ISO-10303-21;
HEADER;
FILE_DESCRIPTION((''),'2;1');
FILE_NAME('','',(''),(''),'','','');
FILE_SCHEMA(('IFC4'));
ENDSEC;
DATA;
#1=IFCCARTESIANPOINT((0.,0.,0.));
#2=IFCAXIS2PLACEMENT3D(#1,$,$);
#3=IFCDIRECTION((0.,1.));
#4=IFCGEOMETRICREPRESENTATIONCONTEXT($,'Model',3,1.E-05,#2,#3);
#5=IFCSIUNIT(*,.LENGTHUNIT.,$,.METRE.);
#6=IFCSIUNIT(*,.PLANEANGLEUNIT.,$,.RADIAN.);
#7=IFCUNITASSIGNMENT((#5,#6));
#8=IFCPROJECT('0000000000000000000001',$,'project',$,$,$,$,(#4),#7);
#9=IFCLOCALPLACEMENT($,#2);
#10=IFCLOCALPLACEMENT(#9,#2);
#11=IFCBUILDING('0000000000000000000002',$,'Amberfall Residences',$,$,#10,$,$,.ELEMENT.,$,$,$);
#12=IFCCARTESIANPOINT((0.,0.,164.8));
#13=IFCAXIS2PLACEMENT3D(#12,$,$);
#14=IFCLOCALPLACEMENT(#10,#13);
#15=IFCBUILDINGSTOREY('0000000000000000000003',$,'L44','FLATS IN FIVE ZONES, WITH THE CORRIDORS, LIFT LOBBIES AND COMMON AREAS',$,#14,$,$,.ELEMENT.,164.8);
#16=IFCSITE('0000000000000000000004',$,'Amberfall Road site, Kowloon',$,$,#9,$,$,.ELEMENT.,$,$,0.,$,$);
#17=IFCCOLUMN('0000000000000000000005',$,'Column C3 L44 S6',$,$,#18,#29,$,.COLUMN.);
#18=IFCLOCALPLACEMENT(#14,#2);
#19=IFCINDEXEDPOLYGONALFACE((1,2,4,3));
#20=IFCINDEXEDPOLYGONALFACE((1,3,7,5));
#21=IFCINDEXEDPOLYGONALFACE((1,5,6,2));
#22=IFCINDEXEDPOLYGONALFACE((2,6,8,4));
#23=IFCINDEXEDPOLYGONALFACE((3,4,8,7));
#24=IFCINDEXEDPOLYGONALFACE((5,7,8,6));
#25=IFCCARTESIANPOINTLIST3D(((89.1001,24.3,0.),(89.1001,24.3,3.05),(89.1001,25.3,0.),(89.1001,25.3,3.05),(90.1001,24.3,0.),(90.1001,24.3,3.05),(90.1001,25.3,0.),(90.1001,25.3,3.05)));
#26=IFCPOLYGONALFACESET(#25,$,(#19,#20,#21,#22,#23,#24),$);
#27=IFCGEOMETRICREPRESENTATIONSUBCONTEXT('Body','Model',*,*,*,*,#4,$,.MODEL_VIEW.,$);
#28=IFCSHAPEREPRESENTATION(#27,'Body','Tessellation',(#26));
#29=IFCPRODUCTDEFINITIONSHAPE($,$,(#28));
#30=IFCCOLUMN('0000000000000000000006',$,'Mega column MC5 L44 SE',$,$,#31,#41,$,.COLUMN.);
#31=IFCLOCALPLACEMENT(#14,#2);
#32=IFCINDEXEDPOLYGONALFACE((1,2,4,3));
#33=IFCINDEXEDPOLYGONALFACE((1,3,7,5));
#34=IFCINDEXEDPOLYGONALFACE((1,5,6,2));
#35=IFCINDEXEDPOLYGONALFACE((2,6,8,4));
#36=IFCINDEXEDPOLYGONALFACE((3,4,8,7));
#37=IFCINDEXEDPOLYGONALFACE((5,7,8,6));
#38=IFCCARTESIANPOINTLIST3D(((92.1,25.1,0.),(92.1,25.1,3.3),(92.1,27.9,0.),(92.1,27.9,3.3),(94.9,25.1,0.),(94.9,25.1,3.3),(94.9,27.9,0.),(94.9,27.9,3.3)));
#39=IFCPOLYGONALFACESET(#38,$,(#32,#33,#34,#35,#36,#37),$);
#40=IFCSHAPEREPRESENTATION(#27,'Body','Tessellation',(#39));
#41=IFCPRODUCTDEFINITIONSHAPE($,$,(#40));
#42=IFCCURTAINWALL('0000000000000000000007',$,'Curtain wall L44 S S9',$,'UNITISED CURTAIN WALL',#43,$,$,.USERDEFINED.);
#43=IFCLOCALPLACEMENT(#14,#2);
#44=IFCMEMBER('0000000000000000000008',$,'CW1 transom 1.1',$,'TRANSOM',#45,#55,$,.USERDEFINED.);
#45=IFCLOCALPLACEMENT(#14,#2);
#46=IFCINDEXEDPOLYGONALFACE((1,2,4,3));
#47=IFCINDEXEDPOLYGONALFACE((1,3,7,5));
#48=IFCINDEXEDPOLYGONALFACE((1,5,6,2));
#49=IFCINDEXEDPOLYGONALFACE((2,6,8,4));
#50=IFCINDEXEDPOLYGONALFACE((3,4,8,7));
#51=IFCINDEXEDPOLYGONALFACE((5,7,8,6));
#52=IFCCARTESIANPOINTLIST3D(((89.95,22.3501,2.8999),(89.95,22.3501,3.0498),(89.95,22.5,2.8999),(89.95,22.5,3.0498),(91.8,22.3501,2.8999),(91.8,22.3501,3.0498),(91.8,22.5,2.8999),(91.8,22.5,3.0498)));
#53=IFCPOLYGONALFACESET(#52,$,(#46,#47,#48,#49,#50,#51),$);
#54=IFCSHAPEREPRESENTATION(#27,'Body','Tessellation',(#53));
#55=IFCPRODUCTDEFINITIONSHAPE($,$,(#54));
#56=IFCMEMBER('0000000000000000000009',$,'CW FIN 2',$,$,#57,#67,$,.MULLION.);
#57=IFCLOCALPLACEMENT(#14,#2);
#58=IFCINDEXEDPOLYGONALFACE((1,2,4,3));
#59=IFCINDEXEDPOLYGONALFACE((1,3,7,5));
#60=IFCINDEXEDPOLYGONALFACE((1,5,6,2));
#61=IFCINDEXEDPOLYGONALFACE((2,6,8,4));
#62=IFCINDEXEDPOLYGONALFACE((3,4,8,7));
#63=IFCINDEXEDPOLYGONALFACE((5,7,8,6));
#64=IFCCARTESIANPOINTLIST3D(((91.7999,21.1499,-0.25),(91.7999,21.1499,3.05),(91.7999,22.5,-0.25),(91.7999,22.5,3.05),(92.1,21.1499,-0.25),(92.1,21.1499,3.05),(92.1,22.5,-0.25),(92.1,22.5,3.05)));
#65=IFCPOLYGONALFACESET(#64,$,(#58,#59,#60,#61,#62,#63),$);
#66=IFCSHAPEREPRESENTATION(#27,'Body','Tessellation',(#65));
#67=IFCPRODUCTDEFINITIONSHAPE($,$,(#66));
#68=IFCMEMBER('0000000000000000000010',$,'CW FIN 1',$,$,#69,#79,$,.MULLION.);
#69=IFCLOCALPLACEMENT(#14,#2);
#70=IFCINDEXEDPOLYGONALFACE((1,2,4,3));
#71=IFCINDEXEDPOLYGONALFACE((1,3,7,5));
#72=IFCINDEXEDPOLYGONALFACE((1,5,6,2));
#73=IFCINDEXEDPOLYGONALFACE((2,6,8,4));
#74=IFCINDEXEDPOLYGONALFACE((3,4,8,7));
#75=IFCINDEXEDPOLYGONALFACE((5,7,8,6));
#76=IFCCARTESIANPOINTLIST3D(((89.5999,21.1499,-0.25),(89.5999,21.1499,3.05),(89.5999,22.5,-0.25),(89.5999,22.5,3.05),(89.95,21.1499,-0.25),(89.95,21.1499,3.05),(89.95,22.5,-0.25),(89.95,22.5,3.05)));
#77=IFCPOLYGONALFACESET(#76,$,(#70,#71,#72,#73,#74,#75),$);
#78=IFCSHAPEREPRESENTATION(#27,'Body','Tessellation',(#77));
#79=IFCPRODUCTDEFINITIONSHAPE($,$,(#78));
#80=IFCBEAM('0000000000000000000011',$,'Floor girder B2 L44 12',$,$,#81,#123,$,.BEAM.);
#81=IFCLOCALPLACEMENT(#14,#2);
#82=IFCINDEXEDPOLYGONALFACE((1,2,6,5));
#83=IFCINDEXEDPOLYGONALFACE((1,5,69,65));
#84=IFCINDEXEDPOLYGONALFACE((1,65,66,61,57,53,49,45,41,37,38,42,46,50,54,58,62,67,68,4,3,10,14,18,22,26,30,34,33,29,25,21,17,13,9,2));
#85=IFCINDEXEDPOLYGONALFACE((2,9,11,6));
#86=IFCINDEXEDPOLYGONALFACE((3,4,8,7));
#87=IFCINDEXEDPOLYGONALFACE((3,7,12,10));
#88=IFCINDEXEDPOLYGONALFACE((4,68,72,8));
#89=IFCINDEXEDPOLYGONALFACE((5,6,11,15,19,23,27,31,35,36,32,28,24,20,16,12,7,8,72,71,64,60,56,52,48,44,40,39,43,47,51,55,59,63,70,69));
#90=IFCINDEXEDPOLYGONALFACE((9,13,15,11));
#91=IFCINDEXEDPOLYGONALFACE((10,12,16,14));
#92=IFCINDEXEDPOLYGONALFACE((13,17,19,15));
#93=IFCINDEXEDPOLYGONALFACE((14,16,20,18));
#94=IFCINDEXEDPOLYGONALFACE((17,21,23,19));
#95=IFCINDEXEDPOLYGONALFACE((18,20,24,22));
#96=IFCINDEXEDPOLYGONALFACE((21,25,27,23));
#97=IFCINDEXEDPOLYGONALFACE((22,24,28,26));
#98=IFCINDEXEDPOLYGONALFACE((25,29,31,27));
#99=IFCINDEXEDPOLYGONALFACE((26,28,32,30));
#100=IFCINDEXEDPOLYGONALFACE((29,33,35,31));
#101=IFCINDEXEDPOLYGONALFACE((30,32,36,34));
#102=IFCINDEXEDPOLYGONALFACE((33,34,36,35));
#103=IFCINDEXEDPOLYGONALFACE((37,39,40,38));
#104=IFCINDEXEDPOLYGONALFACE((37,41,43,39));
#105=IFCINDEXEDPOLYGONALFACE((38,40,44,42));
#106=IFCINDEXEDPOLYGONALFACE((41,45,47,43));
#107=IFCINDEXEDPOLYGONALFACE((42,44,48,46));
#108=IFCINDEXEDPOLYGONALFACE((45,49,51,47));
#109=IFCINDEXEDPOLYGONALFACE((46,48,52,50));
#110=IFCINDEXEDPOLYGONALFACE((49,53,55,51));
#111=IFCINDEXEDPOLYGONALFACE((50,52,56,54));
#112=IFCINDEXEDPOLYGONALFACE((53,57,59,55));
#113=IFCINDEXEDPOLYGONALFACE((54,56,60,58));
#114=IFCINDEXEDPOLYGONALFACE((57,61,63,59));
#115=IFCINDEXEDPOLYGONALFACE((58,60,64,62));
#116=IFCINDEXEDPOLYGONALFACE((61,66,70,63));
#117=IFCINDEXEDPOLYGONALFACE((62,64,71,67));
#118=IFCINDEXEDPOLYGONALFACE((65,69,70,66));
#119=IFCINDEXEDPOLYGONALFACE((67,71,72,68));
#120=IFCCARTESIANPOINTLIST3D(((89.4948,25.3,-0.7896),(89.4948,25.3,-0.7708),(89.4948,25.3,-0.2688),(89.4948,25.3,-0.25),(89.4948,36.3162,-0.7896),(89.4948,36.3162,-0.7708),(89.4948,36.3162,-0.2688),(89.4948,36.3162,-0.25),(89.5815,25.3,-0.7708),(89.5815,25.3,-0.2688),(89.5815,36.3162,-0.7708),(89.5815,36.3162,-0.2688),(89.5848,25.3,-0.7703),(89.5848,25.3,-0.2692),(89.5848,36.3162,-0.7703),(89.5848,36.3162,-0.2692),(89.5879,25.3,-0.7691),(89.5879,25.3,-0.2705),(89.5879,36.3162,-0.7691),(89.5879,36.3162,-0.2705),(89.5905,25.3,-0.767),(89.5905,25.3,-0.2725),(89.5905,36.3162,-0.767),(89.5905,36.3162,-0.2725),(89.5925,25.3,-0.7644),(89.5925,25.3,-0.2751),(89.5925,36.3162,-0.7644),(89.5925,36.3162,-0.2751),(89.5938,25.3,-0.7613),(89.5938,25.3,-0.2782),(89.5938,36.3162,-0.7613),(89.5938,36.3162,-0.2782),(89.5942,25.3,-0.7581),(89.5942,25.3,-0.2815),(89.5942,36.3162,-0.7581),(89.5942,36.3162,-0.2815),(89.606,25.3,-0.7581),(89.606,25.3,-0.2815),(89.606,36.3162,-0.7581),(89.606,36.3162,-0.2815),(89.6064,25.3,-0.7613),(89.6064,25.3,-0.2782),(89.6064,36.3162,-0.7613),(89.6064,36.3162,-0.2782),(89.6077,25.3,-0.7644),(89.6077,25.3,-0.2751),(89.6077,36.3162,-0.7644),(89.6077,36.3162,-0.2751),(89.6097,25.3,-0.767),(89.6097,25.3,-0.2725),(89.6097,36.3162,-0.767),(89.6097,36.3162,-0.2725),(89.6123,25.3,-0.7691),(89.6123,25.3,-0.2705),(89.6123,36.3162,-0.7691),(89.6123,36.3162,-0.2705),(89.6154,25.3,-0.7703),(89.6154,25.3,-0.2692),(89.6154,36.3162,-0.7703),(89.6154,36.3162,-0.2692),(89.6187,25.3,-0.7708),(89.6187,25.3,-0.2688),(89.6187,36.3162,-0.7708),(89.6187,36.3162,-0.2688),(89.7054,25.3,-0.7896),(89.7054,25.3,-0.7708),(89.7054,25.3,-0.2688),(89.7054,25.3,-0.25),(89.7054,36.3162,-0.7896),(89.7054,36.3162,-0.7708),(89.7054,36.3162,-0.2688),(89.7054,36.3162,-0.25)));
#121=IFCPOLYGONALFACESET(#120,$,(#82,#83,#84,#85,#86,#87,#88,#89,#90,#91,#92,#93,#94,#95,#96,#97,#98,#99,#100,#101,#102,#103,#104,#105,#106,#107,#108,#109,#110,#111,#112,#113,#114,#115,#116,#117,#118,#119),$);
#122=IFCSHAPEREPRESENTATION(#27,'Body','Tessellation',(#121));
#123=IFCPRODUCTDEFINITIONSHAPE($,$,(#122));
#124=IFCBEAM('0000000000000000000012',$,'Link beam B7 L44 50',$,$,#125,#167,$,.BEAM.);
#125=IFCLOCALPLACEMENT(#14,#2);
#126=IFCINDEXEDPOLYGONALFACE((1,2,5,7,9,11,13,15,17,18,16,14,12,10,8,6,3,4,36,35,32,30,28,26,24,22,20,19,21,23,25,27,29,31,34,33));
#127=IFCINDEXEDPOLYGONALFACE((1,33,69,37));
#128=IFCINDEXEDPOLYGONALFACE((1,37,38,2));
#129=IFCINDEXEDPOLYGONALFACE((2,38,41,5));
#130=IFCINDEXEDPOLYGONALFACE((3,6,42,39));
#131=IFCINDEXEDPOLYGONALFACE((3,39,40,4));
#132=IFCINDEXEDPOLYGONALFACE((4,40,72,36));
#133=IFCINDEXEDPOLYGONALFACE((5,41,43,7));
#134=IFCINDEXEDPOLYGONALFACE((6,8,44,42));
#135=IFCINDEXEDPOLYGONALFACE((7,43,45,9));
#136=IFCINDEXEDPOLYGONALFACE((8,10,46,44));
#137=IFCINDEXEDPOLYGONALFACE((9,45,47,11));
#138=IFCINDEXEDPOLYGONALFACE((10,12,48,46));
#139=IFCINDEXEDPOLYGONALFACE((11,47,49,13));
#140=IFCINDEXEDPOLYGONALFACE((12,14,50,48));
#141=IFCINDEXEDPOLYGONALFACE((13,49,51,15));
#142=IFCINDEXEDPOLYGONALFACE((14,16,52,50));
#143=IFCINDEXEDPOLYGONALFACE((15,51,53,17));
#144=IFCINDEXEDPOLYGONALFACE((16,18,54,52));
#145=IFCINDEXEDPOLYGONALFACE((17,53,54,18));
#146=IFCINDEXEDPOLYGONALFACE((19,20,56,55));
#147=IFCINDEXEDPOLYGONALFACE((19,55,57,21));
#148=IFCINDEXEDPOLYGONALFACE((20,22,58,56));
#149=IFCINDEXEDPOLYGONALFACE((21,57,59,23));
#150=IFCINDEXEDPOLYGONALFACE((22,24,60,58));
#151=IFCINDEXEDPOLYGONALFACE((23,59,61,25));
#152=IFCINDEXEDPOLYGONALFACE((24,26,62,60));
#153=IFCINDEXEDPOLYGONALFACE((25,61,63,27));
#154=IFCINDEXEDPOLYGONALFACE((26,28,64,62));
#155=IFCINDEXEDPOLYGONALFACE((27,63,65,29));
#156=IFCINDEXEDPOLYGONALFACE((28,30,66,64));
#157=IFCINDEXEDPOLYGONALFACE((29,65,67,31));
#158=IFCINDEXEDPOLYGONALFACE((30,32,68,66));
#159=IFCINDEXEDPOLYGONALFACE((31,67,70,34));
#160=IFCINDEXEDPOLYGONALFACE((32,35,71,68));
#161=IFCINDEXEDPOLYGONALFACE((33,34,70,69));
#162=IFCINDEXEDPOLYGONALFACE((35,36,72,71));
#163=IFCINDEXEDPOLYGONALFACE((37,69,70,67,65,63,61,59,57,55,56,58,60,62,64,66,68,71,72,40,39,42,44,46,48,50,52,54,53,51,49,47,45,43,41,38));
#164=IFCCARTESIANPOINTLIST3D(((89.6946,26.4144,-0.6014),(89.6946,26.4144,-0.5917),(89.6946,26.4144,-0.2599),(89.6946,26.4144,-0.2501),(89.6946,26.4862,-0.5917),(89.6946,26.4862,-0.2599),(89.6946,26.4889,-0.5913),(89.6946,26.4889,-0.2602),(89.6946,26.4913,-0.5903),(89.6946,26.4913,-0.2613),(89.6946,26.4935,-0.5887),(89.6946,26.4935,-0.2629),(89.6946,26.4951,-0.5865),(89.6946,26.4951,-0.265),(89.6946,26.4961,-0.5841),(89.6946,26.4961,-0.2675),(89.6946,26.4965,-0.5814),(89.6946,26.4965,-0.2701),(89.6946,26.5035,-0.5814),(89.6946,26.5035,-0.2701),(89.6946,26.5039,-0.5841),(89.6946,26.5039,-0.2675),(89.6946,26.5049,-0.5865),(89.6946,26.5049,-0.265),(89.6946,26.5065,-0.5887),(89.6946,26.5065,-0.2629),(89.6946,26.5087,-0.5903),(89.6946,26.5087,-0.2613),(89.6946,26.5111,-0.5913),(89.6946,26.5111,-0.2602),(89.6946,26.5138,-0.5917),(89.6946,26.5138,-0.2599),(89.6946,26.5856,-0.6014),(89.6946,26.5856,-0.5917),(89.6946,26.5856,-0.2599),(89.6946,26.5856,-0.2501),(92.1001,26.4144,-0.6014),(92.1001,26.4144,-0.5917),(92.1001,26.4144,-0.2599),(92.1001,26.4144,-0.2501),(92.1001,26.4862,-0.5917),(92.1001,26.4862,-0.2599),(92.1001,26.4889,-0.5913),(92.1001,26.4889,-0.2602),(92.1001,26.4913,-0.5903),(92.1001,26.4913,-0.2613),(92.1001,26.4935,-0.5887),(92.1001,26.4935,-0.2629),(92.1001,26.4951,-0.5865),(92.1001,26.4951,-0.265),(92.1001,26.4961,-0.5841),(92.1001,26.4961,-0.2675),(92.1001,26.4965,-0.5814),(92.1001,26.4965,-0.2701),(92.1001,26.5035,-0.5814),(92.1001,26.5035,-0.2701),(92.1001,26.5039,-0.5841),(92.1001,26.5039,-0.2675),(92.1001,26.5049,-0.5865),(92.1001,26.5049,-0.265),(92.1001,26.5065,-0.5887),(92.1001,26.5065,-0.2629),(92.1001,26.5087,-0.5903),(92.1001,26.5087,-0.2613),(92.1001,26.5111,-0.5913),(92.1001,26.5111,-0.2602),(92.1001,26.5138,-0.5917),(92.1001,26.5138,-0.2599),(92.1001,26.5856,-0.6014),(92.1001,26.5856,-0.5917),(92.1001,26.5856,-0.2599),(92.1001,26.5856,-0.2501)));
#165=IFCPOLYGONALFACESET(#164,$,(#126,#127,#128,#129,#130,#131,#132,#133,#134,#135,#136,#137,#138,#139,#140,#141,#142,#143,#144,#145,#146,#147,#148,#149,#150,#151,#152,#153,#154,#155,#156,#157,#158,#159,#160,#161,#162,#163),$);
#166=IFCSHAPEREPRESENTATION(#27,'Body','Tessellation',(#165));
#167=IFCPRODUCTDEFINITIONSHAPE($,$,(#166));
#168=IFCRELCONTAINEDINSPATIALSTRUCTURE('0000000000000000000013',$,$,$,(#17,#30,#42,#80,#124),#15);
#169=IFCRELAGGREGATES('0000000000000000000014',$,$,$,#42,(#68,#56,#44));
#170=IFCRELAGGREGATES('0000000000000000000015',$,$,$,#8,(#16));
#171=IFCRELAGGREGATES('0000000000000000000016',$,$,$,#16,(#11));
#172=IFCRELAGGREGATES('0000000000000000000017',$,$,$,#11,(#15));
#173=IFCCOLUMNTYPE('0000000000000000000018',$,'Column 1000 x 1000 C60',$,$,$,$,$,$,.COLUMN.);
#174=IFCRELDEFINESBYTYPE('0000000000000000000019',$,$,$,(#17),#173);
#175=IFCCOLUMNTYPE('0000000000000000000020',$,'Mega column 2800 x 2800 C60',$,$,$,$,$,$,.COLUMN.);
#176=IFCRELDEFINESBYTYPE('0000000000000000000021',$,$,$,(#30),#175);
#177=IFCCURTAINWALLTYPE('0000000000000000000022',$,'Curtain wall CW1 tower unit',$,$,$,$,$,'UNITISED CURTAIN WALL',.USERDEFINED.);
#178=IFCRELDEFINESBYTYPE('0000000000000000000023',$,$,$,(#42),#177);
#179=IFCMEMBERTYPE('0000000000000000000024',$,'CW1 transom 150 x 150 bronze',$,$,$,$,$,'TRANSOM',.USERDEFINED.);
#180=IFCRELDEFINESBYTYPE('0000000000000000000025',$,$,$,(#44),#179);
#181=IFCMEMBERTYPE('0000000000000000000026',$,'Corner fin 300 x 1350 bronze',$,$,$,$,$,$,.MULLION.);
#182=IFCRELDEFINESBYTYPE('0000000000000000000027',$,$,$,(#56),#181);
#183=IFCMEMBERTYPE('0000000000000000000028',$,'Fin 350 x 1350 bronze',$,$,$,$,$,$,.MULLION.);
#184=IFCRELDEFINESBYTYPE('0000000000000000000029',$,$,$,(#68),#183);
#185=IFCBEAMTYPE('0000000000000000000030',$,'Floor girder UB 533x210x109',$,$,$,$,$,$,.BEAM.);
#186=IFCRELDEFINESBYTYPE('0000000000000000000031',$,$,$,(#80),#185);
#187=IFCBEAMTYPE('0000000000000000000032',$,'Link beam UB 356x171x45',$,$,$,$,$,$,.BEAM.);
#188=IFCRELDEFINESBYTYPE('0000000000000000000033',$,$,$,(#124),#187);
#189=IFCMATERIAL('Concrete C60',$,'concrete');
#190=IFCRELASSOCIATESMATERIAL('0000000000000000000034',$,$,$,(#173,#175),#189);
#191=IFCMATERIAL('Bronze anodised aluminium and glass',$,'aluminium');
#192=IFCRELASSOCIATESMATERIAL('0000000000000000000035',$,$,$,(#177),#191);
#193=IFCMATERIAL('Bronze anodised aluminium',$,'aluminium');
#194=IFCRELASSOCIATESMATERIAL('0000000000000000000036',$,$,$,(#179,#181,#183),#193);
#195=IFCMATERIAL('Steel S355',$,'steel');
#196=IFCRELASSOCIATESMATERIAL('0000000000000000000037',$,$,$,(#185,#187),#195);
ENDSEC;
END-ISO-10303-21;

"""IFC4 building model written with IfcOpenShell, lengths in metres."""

from ifc_helpers import new_model, si_unit, direction, frame, origin, origin_2d, place, context, subcontext, project, spatial, rectangle, i_section, extrude, material, material_profile, profile_set, type_object, element, aggregate, save


model = new_model("IFC4")

# Units and contexts
model_context = context("Model", 3, precision=1e-05, world=origin(), true_north=direction((0.0, 1.0)))
body_context = subcontext(model_context, "Body", "Model", "MODEL_VIEW")
ifc_project = project(units=[si_unit("LENGTHUNIT", "METRE"), si_unit("PLANEANGLEUNIT", "RADIAN")], contexts=[model_context])

# Site, building, storey
site_placement = place(None, origin())
site = spatial("IfcSite", under=ifc_project, at=site_placement, Name="Amberfall Road site, Kowloon", CompositionType="ELEMENT", RefElevation=0.0)
building_placement = place(site_placement, origin())
building = spatial("IfcBuilding", under=site, at=building_placement, Name="Amberfall Residences", CompositionType="ELEMENT")
storey_placement = place(building_placement, frame((0.0, 0.0, 164.8)))
storey = spatial("IfcBuildingStorey", under=building, at=storey_placement, Name="L44", Description="FLATS IN FIVE ZONES, WITH THE CORRIDORS, LIFT LOBBIES AND COMMON AREAS", CompositionType="ELEMENT", Elevation=164.8)

# Columns
ifc_material_1 = material(Name="Concrete C60", Category="concrete")
ifc_material_profile_1 = material_profile(ifc_material_1, rectangle(XDim=1.0, YDim=1.0, at=origin_2d()), Name="Column 1000 x 1000 C60")
ifc_profile_set_1 = profile_set([ifc_material_profile_1], Name="Concrete C60")
column_type_1 = type_object("IfcColumnType", Name="Column 1000 x 1000 C60", PredefinedType="COLUMN", material=ifc_profile_set_1)
column_1_placement = place(storey_placement, frame((89.6001, 24.8, 0.0), z_axis=(0.0, 0.0, 1.0), x_axis=(1.0, 0.0, 0.0)))
element("IfcColumn", 1, at=column_1_placement, inside=storey, type_object=column_type_1, Name="Column C3 L44 S6", PredefinedType="COLUMN", context=body_context, shape_type="SweptSolid", body=[
    extrude(rectangle(XDim=1.0, YDim=1.0, at=origin_2d()), origin(), (0.0, 0.0, 1.0), 3.05),
])
ifc_material_profile_2 = material_profile(ifc_material_1, rectangle(XDim=2.8, YDim=2.8, at=origin_2d()), Name="Mega column 2800 x 2800 C60")
ifc_profile_set_2 = profile_set([ifc_material_profile_2], Name="Concrete C60")
column_type_2 = type_object("IfcColumnType", Name="Mega column 2800 x 2800 C60", PredefinedType="COLUMN", material=ifc_profile_set_2)
column_2_placement = place(storey_placement, frame((93.5, 26.5, 0.0), z_axis=(0.0, 0.0, 1.0), x_axis=(1.0, 0.0, 0.0)))
element("IfcColumn", 2, at=column_2_placement, inside=storey, type_object=column_type_2, Name="Mega column MC5 L44 SE", PredefinedType="COLUMN", context=body_context, shape_type="SweptSolid", body=[
    extrude(rectangle(XDim=2.8, YDim=2.8, at=origin_2d()), origin(), (0.0, 0.0, 1.0), 3.3),
])

# Curtain wall, members
ifc_material_2 = material(Name="Bronze anodised aluminium and glass", Category="aluminium")
curtain_wall_type = type_object("IfcCurtainWallType", Name="Curtain wall CW1 tower unit", ElementType="UNITISED CURTAIN WALL", PredefinedType="USERDEFINED", material=ifc_material_2)
curtain_wall_placement = place(storey_placement, origin())
curtain_wall = element("IfcCurtainWall", 3, at=curtain_wall_placement, inside=storey, type_object=curtain_wall_type, Name="Curtain wall L44 S S9", ObjectType="UNITISED CURTAIN WALL", PredefinedType="USERDEFINED")
ifc_material_3 = material(Name="Bronze anodised aluminium", Category="aluminium")
ifc_material_profile_3 = material_profile(ifc_material_3, rectangle(XDim=0.1499, YDim=0.1499, at=origin_2d()), Name="CW1 transom 150 x 150 bronze")
ifc_profile_set_3 = profile_set([ifc_material_profile_3], Name="Bronze anodised aluminium")
member_type_1 = type_object("IfcMemberType", Name="CW1 transom 150 x 150 bronze", ElementType="TRANSOM", PredefinedType="USERDEFINED", material=ifc_profile_set_3)
member_1_placement = place(storey_placement, frame((89.95, 22.425, 2.9749), z_axis=(1.0, 0.0, 0.0), x_axis=(0.0, 1.0, 0.0)))
member_1 = element("IfcMember", 4, at=member_1_placement, type_object=member_type_1, Name="CW1 transom 1.1", ObjectType="TRANSOM", PredefinedType="USERDEFINED", context=body_context, shape_type="SweptSolid", body=[
    extrude(rectangle(XDim=0.1499, YDim=0.1499, at=origin_2d()), origin(), (0.0, 0.0, 1.0), 1.8501),
])
ifc_material_profile_4 = material_profile(ifc_material_3, rectangle(XDim=1.3501, YDim=0.3, at=origin_2d()), Name="Corner fin 300 x 1350 bronze")
ifc_profile_set_4 = profile_set([ifc_material_profile_4], Name="Bronze anodised aluminium")
member_type_2 = type_object("IfcMemberType", Name="Corner fin 300 x 1350 bronze", PredefinedType="MULLION", material=ifc_profile_set_4)
member_2_placement = place(storey_placement, frame((91.95, 21.825, -0.25), z_axis=(0.0, 0.0, 1.0), x_axis=(0.0, 1.0, 0.0)))
member_2 = element("IfcMember", 5, at=member_2_placement, type_object=member_type_2, Name="CW FIN 2", PredefinedType="MULLION", context=body_context, shape_type="SweptSolid", body=[
    extrude(rectangle(XDim=1.3501, YDim=0.3, at=origin_2d()), origin(), (0.0, 0.0, 1.0), 3.3),
])
ifc_material_profile_5 = material_profile(ifc_material_3, rectangle(XDim=1.3501, YDim=0.3501, at=origin_2d()), Name="Fin 350 x 1350 bronze")
ifc_profile_set_5 = profile_set([ifc_material_profile_5], Name="Bronze anodised aluminium")
member_type_3 = type_object("IfcMemberType", Name="Fin 350 x 1350 bronze", PredefinedType="MULLION", material=ifc_profile_set_5)
member_3_placement = place(storey_placement, frame((89.7749, 21.825, -0.25), z_axis=(0.0, 0.0, 1.0), x_axis=(0.0, 1.0, 0.0)))
member_3 = element("IfcMember", 6, at=member_3_placement, type_object=member_type_3, Name="CW FIN 1", PredefinedType="MULLION", context=body_context, shape_type="SweptSolid", body=[
    extrude(rectangle(XDim=1.3501, YDim=0.3501, at=origin_2d()), origin(), (0.0, 0.0, 1.0), 3.3),
])

# Beams
ifc_material_4 = material(Name="Steel S355", Category="steel")
ifc_material_profile_6 = material_profile(ifc_material_4, i_section(OverallWidth=0.2107, OverallDepth=0.5396, WebThickness=0.0117, FlangeThickness=0.0188, FilletRadius=0.0127, at=origin_2d()), Name="UB 533x210x109")
ifc_profile_set_6 = profile_set([ifc_material_profile_6], Name="Steel S355")
beam_type_1 = type_object("IfcBeamType", Name="Floor girder UB 533x210x109", PredefinedType="BEAM", material=ifc_profile_set_6)
beam_1_placement = place(storey_placement, frame((89.6001, 25.3, -0.5198), z_axis=(0.0, 1.0, 0.0), x_axis=(-1.0, 0.0, 0.0)))
element("IfcBeam", 7, at=beam_1_placement, inside=storey, type_object=beam_type_1, Name="Floor girder B2 L44 12", PredefinedType="BEAM", context=body_context, shape_type="SweptSolid", body=[
    extrude(i_section(OverallWidth=0.2107, OverallDepth=0.5396, WebThickness=0.0117, FlangeThickness=0.0188, FilletRadius=0.0127, at=origin_2d()), origin(), (0.0, 0.0, 1.0), 11.0161),
])
ifc_material_profile_7 = material_profile(ifc_material_4, i_section(OverallWidth=0.1711, OverallDepth=0.3513, WebThickness=0.0071, FlangeThickness=0.0098, FilletRadius=0.0103, at=origin_2d()), Name="UB 356x171x45")
ifc_profile_set_7 = profile_set([ifc_material_profile_7], Name="Steel S355")
beam_type_2 = type_object("IfcBeamType", Name="Link beam UB 356x171x45", PredefinedType="BEAM", material=ifc_profile_set_7)
beam_2_placement = place(storey_placement, frame((92.1001, 26.5, -0.4258), z_axis=(-1.0, 0.0, 0.0), x_axis=(0.0, -1.0, 0.0)))
element("IfcBeam", 8, at=beam_2_placement, inside=storey, type_object=beam_type_2, Name="Link beam B7 L44 50", PredefinedType="BEAM", context=body_context, shape_type="SweptSolid", body=[
    extrude(i_section(OverallWidth=0.1711, OverallDepth=0.3513, WebThickness=0.0071, FlangeThickness=0.0098, FilletRadius=0.0103, at=origin_2d()), origin(), (0.0, 0.0, 1.0), 2.4055),
])

aggregate(curtain_wall, [member_3, member_2, member_1])

save(model, "model.ifc")
